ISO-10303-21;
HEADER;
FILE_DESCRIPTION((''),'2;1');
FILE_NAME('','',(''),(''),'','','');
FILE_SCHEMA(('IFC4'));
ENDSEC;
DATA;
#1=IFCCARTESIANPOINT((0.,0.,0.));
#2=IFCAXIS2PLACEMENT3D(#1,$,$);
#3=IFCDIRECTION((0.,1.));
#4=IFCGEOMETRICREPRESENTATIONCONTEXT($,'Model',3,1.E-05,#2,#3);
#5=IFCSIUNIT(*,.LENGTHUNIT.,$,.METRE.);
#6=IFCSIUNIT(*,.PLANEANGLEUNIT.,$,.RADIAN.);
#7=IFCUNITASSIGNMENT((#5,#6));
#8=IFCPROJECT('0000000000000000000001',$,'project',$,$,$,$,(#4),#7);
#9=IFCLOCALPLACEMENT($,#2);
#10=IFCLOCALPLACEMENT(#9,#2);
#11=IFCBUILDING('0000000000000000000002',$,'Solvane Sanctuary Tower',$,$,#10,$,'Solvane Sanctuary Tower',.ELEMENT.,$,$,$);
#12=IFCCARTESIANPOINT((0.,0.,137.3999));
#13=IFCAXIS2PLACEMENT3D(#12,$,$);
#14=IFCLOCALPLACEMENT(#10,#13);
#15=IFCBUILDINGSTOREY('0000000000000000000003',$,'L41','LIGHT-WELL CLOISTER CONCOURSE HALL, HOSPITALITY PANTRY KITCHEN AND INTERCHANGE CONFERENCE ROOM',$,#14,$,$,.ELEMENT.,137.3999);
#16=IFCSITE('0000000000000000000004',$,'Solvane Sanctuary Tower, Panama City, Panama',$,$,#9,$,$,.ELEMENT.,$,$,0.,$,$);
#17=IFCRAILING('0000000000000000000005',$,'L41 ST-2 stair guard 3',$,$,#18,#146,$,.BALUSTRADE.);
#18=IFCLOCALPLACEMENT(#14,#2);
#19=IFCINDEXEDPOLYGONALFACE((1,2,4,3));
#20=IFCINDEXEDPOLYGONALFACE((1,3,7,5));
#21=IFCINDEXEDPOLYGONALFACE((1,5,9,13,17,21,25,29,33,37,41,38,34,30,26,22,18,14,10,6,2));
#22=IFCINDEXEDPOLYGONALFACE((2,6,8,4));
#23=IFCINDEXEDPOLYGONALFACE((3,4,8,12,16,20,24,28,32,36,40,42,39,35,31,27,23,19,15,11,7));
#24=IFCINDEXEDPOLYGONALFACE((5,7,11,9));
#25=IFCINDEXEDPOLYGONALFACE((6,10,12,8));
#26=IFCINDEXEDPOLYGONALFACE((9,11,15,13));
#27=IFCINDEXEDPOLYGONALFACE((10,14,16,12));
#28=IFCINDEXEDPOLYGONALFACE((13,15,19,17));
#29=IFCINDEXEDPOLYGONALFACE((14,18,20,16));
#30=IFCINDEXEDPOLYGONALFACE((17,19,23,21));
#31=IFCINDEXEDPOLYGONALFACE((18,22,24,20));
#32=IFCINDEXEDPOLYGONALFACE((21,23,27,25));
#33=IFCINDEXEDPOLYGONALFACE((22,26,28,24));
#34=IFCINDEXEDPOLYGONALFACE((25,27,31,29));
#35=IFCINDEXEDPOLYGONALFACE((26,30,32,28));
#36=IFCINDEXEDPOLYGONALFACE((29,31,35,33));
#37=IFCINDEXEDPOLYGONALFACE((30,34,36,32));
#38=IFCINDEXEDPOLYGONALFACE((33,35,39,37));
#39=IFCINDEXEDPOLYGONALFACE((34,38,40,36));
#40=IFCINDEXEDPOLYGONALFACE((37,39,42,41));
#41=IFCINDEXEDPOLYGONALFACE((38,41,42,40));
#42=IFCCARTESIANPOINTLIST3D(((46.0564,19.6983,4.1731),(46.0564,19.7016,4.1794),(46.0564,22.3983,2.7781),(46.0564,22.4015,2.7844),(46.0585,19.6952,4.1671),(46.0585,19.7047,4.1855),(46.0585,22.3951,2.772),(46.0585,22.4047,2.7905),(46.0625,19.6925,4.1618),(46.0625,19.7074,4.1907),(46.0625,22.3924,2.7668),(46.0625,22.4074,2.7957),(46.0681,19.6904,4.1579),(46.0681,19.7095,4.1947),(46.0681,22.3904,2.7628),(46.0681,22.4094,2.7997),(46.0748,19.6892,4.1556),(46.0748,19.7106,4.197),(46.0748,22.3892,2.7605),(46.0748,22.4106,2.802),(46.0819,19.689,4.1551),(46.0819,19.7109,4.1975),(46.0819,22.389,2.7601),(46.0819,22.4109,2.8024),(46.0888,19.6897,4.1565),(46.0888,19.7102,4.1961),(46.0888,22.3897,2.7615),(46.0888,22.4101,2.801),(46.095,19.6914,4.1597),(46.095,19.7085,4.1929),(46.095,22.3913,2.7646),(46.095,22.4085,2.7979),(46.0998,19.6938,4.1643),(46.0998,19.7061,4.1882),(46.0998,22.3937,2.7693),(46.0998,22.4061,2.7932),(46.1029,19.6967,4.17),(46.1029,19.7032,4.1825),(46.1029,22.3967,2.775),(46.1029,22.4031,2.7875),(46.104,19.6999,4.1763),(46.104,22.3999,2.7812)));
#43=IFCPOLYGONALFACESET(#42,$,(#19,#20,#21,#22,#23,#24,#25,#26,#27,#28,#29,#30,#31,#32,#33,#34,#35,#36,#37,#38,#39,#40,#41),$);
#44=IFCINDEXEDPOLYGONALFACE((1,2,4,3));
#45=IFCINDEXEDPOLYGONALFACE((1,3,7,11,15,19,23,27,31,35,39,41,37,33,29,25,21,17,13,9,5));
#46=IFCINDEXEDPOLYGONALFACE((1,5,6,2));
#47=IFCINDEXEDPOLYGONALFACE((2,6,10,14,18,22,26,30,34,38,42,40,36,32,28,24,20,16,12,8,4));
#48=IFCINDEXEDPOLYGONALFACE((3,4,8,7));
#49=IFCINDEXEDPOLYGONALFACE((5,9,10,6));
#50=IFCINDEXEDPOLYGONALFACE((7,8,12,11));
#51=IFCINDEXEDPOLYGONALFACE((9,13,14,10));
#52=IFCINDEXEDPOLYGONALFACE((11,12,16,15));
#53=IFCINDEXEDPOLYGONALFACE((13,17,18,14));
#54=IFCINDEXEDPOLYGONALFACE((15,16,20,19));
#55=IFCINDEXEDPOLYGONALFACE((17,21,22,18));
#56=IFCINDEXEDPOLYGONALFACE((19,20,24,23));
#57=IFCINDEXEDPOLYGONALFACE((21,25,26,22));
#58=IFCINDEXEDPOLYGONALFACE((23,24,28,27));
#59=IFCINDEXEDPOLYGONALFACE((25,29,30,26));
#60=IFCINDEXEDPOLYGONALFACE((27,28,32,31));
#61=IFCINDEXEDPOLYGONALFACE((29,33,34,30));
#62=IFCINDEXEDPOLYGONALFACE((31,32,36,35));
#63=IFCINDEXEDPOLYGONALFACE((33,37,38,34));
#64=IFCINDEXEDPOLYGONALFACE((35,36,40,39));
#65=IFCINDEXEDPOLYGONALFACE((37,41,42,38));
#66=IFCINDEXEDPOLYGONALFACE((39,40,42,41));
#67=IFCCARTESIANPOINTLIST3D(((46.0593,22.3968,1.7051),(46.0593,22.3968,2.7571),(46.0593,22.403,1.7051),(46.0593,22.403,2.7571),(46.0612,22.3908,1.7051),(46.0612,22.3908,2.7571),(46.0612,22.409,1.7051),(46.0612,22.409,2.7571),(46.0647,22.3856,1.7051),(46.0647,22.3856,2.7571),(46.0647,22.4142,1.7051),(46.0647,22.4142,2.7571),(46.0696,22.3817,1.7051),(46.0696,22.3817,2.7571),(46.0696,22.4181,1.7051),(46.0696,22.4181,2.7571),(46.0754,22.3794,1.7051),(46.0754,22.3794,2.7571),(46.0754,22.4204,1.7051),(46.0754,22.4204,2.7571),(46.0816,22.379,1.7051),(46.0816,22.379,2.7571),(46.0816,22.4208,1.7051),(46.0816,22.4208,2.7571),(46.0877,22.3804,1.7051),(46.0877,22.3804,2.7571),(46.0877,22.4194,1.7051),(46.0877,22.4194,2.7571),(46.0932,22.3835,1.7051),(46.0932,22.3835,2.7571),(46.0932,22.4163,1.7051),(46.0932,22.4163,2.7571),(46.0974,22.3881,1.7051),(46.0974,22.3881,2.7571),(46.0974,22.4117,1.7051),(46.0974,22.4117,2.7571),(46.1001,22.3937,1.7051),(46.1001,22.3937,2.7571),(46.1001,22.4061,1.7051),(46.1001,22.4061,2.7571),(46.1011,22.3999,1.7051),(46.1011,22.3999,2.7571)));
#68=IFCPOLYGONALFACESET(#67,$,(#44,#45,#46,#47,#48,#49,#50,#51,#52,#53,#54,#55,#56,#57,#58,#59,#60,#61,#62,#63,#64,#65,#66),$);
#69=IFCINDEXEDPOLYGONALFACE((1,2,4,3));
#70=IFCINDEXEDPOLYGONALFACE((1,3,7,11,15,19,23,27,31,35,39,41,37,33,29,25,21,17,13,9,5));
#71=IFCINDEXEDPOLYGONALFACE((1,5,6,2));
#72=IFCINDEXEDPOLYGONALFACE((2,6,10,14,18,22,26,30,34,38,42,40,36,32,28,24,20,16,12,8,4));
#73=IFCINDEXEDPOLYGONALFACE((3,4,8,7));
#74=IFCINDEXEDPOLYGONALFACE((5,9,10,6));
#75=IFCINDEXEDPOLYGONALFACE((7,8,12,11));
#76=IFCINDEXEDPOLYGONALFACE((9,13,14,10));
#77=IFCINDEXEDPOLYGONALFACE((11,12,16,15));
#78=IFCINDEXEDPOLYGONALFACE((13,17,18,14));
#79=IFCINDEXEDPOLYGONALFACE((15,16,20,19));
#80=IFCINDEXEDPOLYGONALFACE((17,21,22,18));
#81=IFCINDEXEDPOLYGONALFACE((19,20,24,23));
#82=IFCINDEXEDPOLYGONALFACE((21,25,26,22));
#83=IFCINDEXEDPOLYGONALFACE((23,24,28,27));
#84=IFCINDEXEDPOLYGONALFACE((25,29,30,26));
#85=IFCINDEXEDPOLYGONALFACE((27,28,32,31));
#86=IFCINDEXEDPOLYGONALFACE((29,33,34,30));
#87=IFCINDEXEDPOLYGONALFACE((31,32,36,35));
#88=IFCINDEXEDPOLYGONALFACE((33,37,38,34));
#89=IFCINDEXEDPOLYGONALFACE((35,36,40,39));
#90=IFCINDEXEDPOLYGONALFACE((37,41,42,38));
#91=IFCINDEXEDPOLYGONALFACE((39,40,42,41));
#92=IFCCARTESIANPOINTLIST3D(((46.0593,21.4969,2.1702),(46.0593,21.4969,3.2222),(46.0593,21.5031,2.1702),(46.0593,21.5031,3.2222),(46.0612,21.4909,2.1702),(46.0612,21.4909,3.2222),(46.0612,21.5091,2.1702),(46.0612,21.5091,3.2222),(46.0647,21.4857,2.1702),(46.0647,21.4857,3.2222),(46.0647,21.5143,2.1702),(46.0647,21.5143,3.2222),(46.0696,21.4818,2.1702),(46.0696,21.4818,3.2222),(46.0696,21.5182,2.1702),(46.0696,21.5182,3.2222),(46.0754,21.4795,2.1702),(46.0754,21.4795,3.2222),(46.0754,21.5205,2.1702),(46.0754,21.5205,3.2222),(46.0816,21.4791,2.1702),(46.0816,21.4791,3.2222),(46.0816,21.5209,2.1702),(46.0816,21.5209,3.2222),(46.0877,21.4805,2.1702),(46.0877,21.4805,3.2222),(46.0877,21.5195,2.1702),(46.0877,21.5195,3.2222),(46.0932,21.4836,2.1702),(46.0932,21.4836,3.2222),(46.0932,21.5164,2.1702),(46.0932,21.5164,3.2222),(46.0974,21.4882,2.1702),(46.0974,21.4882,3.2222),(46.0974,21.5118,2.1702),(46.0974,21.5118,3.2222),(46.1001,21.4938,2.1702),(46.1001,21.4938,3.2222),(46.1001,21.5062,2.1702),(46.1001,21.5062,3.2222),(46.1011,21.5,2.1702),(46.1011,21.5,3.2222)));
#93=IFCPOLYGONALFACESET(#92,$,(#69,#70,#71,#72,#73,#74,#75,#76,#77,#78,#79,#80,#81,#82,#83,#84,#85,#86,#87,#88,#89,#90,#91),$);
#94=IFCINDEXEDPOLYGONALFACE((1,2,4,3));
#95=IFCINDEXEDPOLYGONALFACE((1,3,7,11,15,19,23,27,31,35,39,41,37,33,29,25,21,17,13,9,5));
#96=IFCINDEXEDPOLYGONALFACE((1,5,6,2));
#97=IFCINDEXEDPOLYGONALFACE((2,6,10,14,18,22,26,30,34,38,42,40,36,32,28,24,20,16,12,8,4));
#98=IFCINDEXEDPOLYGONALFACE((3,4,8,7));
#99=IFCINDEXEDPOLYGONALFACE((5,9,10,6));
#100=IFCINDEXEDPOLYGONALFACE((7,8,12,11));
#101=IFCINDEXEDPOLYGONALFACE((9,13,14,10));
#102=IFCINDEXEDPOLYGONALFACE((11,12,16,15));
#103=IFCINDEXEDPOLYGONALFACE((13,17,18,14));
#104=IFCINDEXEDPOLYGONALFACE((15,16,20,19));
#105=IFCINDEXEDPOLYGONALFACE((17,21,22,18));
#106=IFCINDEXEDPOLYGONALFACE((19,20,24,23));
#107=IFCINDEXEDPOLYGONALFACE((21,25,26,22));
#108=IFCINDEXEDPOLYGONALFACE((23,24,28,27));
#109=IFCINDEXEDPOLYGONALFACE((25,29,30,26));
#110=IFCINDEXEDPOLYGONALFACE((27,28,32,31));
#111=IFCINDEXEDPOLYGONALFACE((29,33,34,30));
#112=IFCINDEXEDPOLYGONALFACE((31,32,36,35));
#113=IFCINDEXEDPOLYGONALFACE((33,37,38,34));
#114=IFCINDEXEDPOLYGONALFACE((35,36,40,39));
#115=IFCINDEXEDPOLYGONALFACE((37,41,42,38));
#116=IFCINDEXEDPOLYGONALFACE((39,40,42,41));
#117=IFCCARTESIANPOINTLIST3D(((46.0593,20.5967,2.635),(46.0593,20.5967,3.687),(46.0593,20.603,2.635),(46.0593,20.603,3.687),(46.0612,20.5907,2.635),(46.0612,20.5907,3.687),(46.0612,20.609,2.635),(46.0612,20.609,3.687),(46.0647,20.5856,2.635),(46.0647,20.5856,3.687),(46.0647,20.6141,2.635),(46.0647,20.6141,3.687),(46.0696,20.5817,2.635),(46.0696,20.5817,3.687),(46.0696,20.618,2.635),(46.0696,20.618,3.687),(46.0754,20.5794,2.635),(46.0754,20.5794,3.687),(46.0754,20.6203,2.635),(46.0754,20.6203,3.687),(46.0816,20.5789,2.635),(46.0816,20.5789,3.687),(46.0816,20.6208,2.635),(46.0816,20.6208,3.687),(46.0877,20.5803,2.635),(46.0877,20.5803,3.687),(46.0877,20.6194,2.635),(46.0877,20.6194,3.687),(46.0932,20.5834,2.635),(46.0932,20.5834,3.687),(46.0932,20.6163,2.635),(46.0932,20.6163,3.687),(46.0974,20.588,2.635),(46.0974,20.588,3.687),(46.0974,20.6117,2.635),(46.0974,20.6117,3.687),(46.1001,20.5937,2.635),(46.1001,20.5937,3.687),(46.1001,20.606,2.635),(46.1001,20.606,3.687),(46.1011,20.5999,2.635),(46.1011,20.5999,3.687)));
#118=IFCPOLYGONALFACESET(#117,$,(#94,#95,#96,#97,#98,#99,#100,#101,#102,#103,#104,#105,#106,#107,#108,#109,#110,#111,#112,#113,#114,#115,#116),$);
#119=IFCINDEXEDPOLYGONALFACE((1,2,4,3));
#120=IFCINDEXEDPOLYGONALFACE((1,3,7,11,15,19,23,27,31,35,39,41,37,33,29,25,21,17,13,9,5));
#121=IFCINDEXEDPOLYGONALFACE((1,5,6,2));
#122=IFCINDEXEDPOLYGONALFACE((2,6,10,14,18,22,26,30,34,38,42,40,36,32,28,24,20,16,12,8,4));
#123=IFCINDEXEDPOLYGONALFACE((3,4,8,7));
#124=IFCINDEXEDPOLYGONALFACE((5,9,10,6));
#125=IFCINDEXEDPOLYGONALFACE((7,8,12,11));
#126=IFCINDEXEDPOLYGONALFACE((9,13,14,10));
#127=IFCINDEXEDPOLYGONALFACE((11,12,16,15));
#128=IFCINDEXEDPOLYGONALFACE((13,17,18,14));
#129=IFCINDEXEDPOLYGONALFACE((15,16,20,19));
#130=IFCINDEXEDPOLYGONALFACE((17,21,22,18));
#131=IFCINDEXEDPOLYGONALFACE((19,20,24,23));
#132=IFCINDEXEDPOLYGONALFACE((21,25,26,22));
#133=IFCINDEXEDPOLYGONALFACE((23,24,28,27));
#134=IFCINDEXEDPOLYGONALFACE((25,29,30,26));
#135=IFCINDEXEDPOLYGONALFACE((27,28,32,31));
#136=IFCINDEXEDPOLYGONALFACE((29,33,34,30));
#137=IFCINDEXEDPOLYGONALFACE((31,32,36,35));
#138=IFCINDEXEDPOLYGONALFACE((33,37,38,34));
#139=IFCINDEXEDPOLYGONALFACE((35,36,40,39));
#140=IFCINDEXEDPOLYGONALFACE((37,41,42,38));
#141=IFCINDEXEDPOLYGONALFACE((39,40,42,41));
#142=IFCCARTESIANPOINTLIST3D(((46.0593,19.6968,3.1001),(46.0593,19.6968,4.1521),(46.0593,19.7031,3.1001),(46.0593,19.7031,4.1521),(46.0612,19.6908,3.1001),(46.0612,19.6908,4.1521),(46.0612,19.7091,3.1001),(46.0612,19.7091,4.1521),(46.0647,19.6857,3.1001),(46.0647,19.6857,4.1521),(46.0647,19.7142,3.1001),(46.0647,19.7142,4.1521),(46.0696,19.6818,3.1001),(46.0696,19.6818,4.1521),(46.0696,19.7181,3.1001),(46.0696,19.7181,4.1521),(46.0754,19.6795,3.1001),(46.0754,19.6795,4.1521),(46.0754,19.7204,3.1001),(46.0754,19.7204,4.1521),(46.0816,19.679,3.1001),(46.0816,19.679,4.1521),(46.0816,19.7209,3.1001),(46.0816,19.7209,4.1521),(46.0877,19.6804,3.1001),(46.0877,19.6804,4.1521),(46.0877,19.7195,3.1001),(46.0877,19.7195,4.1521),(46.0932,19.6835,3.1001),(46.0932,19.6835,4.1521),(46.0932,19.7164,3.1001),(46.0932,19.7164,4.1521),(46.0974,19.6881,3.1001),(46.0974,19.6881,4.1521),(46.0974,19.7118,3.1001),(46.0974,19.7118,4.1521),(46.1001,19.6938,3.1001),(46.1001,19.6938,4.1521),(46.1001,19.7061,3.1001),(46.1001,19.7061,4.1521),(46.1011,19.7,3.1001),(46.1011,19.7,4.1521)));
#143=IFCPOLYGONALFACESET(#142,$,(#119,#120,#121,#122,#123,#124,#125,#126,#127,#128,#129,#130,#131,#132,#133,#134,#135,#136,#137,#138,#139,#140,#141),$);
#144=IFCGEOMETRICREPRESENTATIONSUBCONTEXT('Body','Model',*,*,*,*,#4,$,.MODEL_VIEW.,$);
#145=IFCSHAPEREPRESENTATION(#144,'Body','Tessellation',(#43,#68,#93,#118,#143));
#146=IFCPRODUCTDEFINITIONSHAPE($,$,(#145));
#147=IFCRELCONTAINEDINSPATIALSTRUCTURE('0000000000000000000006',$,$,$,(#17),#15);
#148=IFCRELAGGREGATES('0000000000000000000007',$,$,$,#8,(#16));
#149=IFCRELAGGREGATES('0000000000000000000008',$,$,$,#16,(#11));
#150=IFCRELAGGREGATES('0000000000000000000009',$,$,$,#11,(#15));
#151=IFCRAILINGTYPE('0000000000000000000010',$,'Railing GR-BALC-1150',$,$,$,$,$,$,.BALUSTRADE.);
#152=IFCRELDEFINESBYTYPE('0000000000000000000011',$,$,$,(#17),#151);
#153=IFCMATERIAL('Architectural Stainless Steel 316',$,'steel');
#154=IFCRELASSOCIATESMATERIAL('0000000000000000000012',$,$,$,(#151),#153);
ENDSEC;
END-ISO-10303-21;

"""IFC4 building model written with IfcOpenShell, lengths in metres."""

from ifc_helpers import new_model, si_unit, direction, frame, origin, origin_2d, place, context, subcontext, project, spatial, circle, extrude, material, type_object, element, save


model = new_model("IFC4")

# Units and contexts
model_context = context("Model", 3, precision=1e-05, world=origin(), true_north=direction((0.0, 1.0)))
body_context = subcontext(model_context, "Body", "Model", "MODEL_VIEW")
ifc_project = project(units=[si_unit("LENGTHUNIT", "METRE"), si_unit("PLANEANGLEUNIT", "RADIAN")], contexts=[model_context])

# Site, building, storey
site_placement = place(None, origin())
site = spatial("IfcSite", under=ifc_project, at=site_placement, Name="Solvane Sanctuary Tower, Panama City, Panama", CompositionType="ELEMENT", RefElevation=0.0)
building_placement = place(site_placement, origin())
building = spatial("IfcBuilding", under=site, at=building_placement, Name="Solvane Sanctuary Tower", LongName="Solvane Sanctuary Tower", CompositionType="ELEMENT")
storey_placement = place(building_placement, frame((0.0, 0.0, 137.3999)))
storey = spatial("IfcBuildingStorey", under=building, at=storey_placement, Name="L41", Description="LIGHT-WELL CLOISTER CONCOURSE HALL, HOSPITALITY PANTRY KITCHEN AND INTERCHANGE CONFERENCE ROOM", CompositionType="ELEMENT", Elevation=137.3999)

# Shared definitions
ifc_material_1 = material(Name="Architectural Stainless Steel 316", Category="steel")

# Railing
railing_type_1 = type_object("IfcRailingType", Name="Railing GR-BALC-1150", PredefinedType="BALUSTRADE", material=ifc_material_1)
railing_1_placement = place(storey_placement, frame((46.0801, 22.3999, 1.7051)))
element("IfcRailing", 1, at=railing_1_placement, inside=storey, type_object=railing_type_1, Name="L41 ST-2 stair guard 3", PredefinedType="BALUSTRADE", context=body_context, shape_type="SweptSolid", body=[
    extrude(circle(Radius=0.0239, at=origin_2d()), frame((0.0, 0.0, 1.0762), z_axis=(0.0, -0.88842, 0.459032), x_axis=(1.0, 0.0, 0.0)), (0.0, 0.0, 1.0), 3.0391),
    extrude(circle(Radius=0.021, at=origin_2d()), origin(), (0.0, 0.0, 1.0), 1.052),
    extrude(circle(Radius=0.021, at=origin_2d()), frame((0.0, -0.8999, 0.4651)), (0.0, 0.0, 1.0), 1.052),
    extrude(circle(Radius=0.021, at=origin_2d()), frame((0.0, -1.8, 0.9299)), (0.0, 0.0, 1.0), 1.052),
    extrude(circle(Radius=0.021, at=origin_2d()), frame((0.0, -2.7, 1.395)), (0.0, 0.0, 1.0), 1.052),
])

save(model, "model.ifc")
